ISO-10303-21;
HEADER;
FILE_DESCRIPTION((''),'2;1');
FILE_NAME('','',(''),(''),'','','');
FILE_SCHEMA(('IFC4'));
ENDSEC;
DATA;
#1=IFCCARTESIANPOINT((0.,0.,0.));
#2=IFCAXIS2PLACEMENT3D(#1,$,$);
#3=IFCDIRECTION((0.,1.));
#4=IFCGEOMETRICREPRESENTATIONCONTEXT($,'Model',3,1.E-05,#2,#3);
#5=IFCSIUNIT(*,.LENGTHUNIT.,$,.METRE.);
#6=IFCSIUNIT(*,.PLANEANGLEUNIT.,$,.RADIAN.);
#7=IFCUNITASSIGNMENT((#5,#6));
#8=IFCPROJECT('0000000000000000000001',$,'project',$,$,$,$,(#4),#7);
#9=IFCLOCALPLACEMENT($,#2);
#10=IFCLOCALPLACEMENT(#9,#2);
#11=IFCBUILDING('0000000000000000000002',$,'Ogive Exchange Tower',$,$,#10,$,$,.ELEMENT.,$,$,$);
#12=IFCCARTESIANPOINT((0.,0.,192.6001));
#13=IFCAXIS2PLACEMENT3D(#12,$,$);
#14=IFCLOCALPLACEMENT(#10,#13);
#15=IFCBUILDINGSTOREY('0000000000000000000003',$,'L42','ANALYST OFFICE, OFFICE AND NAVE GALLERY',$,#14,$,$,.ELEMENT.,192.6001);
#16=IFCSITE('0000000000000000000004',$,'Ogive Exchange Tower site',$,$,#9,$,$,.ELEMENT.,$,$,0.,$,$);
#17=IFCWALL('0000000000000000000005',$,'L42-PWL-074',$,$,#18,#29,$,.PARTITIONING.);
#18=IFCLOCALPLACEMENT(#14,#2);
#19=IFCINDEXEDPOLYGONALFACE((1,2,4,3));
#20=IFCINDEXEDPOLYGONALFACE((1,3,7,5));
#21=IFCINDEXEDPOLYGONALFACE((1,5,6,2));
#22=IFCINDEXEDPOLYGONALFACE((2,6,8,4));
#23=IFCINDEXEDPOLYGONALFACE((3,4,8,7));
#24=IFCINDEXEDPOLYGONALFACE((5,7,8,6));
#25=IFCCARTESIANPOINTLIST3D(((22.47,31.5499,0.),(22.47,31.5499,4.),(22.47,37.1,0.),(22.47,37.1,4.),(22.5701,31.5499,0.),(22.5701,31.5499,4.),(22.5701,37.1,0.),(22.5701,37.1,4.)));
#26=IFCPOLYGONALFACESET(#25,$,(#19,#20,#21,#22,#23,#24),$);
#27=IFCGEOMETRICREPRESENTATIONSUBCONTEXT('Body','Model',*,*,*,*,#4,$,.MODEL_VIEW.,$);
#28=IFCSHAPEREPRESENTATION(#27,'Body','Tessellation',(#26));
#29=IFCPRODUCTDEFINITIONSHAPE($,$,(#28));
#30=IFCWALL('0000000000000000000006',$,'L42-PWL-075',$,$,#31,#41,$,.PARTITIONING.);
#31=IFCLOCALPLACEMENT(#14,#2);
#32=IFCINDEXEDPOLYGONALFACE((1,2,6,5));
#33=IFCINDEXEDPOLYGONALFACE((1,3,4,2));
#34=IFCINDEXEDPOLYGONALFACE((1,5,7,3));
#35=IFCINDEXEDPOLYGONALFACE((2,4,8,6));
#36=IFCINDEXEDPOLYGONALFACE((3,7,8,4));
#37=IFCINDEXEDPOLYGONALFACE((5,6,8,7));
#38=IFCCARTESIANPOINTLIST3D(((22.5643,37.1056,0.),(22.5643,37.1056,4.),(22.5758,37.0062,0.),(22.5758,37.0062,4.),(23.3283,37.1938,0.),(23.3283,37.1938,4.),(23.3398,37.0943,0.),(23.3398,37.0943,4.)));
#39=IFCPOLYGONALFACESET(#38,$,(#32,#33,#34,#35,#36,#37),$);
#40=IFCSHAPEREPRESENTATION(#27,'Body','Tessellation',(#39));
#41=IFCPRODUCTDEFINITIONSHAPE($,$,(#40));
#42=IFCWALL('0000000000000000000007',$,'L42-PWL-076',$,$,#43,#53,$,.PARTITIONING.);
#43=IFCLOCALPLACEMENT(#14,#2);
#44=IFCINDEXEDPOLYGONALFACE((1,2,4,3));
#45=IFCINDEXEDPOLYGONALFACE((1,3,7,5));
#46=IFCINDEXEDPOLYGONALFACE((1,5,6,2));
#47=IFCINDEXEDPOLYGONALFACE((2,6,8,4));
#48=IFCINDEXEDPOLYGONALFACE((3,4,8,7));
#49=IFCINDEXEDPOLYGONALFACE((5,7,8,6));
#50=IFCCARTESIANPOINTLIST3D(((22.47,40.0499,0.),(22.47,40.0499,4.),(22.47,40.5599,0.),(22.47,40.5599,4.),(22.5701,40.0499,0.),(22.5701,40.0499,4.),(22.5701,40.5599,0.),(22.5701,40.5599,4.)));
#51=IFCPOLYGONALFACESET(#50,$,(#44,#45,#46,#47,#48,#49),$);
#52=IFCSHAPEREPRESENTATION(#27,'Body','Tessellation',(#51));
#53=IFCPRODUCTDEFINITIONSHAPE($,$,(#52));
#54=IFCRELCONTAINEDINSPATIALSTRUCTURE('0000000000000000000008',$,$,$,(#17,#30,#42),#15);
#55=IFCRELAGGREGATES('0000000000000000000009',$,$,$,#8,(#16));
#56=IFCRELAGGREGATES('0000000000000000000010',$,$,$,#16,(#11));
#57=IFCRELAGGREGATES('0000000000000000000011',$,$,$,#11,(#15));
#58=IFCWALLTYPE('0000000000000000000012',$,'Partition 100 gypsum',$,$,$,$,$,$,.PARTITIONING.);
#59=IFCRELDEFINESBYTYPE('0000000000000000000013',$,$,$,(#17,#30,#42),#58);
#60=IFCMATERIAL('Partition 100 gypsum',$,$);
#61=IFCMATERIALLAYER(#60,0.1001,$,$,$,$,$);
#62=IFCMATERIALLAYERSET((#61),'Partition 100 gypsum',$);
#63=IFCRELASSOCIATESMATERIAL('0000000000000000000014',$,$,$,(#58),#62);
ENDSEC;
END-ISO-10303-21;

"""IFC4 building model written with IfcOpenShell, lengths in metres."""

from ifc_helpers import new_model, si_unit, direction, frame, frame_2d, origin, place, context, subcontext, project, spatial, rectangle, extrude, material, layer, layer_set, type_object, element, save


model = new_model("IFC4")

# Units and contexts
model_context = context("Model", 3, precision=1e-05, world=origin(), true_north=direction((0.0, 1.0)))
body_context = subcontext(model_context, "Body", "Model", "MODEL_VIEW")
ifc_project = project(units=[si_unit("LENGTHUNIT", "METRE"), si_unit("PLANEANGLEUNIT", "RADIAN")], contexts=[model_context])

# Site, building, storey
site_placement = place(None, origin())
site = spatial("IfcSite", under=ifc_project, at=site_placement, Name="Ogive Exchange Tower site", CompositionType="ELEMENT", RefElevation=0.0)
building_placement = place(site_placement, origin())
building = spatial("IfcBuilding", under=site, at=building_placement, Name="Ogive Exchange Tower", CompositionType="ELEMENT")
storey_placement = place(building_placement, frame((0.0, 0.0, 192.6001)))
storey = spatial("IfcBuildingStorey", under=building, at=storey_placement, Name="L42", Description="ANALYST OFFICE, OFFICE AND NAVE GALLERY", CompositionType="ELEMENT", Elevation=192.6001)

# Walls
ifc_material_1 = material(Name="Partition 100 gypsum")
ifc_layer_1 = layer(ifc_material_1, 0.1001)
ifc_layer_set_1 = layer_set([ifc_layer_1], Name="Partition 100 gypsum")
wall_type_1 = type_object("IfcWallType", Name="Partition 100 gypsum", PredefinedType="PARTITIONING", material=ifc_layer_set_1)
wall_1_placement = place(storey_placement, frame((22.52, 31.55, 0.0), z_axis=(0.0, 0.0, 1.0), x_axis=(0.0, 1.0, 0.0)))
element("IfcWall", 1, at=wall_1_placement, inside=storey, type_object=wall_type_1, Name="L42-PWL-074", PredefinedType="PARTITIONING", context=body_context, shape_type="SweptSolid", body=[
    extrude(rectangle(XDim=5.55, YDim=0.1001, at=frame_2d((2.7749, 0.0))), origin(), (0.0, 0.0, 1.0), 4.0),
])
wall_2_placement = place(storey_placement, frame((22.5701, 37.0559, 0.0), z_axis=(0.0, 0.0, 1.0), x_axis=(0.99341, 0.114612, 0.0)))
element("IfcWall", 2, at=wall_2_placement, inside=storey, type_object=wall_type_1, Name="L42-PWL-075", PredefinedType="PARTITIONING", context=body_context, shape_type="SweptSolid", body=[
    extrude(rectangle(XDim=0.769, YDim=0.1001, at=frame_2d((0.3845, 0.0))), origin(), (0.0, 0.0, 1.0), 4.0),
])
wall_3_placement = place(storey_placement, frame((22.52, 40.05, 0.0), z_axis=(0.0, 0.0, 1.0), x_axis=(0.0, 1.0, 0.0)))
element("IfcWall", 3, at=wall_3_placement, inside=storey, type_object=wall_type_1, Name="L42-PWL-076", PredefinedType="PARTITIONING", context=body_context, shape_type="SweptSolid", body=[
    extrude(rectangle(XDim=0.51, YDim=0.1001, at=frame_2d((0.2549, 0.0))), origin(), (0.0, 0.0, 1.0), 4.0),
])

save(model, "model.ifc")
